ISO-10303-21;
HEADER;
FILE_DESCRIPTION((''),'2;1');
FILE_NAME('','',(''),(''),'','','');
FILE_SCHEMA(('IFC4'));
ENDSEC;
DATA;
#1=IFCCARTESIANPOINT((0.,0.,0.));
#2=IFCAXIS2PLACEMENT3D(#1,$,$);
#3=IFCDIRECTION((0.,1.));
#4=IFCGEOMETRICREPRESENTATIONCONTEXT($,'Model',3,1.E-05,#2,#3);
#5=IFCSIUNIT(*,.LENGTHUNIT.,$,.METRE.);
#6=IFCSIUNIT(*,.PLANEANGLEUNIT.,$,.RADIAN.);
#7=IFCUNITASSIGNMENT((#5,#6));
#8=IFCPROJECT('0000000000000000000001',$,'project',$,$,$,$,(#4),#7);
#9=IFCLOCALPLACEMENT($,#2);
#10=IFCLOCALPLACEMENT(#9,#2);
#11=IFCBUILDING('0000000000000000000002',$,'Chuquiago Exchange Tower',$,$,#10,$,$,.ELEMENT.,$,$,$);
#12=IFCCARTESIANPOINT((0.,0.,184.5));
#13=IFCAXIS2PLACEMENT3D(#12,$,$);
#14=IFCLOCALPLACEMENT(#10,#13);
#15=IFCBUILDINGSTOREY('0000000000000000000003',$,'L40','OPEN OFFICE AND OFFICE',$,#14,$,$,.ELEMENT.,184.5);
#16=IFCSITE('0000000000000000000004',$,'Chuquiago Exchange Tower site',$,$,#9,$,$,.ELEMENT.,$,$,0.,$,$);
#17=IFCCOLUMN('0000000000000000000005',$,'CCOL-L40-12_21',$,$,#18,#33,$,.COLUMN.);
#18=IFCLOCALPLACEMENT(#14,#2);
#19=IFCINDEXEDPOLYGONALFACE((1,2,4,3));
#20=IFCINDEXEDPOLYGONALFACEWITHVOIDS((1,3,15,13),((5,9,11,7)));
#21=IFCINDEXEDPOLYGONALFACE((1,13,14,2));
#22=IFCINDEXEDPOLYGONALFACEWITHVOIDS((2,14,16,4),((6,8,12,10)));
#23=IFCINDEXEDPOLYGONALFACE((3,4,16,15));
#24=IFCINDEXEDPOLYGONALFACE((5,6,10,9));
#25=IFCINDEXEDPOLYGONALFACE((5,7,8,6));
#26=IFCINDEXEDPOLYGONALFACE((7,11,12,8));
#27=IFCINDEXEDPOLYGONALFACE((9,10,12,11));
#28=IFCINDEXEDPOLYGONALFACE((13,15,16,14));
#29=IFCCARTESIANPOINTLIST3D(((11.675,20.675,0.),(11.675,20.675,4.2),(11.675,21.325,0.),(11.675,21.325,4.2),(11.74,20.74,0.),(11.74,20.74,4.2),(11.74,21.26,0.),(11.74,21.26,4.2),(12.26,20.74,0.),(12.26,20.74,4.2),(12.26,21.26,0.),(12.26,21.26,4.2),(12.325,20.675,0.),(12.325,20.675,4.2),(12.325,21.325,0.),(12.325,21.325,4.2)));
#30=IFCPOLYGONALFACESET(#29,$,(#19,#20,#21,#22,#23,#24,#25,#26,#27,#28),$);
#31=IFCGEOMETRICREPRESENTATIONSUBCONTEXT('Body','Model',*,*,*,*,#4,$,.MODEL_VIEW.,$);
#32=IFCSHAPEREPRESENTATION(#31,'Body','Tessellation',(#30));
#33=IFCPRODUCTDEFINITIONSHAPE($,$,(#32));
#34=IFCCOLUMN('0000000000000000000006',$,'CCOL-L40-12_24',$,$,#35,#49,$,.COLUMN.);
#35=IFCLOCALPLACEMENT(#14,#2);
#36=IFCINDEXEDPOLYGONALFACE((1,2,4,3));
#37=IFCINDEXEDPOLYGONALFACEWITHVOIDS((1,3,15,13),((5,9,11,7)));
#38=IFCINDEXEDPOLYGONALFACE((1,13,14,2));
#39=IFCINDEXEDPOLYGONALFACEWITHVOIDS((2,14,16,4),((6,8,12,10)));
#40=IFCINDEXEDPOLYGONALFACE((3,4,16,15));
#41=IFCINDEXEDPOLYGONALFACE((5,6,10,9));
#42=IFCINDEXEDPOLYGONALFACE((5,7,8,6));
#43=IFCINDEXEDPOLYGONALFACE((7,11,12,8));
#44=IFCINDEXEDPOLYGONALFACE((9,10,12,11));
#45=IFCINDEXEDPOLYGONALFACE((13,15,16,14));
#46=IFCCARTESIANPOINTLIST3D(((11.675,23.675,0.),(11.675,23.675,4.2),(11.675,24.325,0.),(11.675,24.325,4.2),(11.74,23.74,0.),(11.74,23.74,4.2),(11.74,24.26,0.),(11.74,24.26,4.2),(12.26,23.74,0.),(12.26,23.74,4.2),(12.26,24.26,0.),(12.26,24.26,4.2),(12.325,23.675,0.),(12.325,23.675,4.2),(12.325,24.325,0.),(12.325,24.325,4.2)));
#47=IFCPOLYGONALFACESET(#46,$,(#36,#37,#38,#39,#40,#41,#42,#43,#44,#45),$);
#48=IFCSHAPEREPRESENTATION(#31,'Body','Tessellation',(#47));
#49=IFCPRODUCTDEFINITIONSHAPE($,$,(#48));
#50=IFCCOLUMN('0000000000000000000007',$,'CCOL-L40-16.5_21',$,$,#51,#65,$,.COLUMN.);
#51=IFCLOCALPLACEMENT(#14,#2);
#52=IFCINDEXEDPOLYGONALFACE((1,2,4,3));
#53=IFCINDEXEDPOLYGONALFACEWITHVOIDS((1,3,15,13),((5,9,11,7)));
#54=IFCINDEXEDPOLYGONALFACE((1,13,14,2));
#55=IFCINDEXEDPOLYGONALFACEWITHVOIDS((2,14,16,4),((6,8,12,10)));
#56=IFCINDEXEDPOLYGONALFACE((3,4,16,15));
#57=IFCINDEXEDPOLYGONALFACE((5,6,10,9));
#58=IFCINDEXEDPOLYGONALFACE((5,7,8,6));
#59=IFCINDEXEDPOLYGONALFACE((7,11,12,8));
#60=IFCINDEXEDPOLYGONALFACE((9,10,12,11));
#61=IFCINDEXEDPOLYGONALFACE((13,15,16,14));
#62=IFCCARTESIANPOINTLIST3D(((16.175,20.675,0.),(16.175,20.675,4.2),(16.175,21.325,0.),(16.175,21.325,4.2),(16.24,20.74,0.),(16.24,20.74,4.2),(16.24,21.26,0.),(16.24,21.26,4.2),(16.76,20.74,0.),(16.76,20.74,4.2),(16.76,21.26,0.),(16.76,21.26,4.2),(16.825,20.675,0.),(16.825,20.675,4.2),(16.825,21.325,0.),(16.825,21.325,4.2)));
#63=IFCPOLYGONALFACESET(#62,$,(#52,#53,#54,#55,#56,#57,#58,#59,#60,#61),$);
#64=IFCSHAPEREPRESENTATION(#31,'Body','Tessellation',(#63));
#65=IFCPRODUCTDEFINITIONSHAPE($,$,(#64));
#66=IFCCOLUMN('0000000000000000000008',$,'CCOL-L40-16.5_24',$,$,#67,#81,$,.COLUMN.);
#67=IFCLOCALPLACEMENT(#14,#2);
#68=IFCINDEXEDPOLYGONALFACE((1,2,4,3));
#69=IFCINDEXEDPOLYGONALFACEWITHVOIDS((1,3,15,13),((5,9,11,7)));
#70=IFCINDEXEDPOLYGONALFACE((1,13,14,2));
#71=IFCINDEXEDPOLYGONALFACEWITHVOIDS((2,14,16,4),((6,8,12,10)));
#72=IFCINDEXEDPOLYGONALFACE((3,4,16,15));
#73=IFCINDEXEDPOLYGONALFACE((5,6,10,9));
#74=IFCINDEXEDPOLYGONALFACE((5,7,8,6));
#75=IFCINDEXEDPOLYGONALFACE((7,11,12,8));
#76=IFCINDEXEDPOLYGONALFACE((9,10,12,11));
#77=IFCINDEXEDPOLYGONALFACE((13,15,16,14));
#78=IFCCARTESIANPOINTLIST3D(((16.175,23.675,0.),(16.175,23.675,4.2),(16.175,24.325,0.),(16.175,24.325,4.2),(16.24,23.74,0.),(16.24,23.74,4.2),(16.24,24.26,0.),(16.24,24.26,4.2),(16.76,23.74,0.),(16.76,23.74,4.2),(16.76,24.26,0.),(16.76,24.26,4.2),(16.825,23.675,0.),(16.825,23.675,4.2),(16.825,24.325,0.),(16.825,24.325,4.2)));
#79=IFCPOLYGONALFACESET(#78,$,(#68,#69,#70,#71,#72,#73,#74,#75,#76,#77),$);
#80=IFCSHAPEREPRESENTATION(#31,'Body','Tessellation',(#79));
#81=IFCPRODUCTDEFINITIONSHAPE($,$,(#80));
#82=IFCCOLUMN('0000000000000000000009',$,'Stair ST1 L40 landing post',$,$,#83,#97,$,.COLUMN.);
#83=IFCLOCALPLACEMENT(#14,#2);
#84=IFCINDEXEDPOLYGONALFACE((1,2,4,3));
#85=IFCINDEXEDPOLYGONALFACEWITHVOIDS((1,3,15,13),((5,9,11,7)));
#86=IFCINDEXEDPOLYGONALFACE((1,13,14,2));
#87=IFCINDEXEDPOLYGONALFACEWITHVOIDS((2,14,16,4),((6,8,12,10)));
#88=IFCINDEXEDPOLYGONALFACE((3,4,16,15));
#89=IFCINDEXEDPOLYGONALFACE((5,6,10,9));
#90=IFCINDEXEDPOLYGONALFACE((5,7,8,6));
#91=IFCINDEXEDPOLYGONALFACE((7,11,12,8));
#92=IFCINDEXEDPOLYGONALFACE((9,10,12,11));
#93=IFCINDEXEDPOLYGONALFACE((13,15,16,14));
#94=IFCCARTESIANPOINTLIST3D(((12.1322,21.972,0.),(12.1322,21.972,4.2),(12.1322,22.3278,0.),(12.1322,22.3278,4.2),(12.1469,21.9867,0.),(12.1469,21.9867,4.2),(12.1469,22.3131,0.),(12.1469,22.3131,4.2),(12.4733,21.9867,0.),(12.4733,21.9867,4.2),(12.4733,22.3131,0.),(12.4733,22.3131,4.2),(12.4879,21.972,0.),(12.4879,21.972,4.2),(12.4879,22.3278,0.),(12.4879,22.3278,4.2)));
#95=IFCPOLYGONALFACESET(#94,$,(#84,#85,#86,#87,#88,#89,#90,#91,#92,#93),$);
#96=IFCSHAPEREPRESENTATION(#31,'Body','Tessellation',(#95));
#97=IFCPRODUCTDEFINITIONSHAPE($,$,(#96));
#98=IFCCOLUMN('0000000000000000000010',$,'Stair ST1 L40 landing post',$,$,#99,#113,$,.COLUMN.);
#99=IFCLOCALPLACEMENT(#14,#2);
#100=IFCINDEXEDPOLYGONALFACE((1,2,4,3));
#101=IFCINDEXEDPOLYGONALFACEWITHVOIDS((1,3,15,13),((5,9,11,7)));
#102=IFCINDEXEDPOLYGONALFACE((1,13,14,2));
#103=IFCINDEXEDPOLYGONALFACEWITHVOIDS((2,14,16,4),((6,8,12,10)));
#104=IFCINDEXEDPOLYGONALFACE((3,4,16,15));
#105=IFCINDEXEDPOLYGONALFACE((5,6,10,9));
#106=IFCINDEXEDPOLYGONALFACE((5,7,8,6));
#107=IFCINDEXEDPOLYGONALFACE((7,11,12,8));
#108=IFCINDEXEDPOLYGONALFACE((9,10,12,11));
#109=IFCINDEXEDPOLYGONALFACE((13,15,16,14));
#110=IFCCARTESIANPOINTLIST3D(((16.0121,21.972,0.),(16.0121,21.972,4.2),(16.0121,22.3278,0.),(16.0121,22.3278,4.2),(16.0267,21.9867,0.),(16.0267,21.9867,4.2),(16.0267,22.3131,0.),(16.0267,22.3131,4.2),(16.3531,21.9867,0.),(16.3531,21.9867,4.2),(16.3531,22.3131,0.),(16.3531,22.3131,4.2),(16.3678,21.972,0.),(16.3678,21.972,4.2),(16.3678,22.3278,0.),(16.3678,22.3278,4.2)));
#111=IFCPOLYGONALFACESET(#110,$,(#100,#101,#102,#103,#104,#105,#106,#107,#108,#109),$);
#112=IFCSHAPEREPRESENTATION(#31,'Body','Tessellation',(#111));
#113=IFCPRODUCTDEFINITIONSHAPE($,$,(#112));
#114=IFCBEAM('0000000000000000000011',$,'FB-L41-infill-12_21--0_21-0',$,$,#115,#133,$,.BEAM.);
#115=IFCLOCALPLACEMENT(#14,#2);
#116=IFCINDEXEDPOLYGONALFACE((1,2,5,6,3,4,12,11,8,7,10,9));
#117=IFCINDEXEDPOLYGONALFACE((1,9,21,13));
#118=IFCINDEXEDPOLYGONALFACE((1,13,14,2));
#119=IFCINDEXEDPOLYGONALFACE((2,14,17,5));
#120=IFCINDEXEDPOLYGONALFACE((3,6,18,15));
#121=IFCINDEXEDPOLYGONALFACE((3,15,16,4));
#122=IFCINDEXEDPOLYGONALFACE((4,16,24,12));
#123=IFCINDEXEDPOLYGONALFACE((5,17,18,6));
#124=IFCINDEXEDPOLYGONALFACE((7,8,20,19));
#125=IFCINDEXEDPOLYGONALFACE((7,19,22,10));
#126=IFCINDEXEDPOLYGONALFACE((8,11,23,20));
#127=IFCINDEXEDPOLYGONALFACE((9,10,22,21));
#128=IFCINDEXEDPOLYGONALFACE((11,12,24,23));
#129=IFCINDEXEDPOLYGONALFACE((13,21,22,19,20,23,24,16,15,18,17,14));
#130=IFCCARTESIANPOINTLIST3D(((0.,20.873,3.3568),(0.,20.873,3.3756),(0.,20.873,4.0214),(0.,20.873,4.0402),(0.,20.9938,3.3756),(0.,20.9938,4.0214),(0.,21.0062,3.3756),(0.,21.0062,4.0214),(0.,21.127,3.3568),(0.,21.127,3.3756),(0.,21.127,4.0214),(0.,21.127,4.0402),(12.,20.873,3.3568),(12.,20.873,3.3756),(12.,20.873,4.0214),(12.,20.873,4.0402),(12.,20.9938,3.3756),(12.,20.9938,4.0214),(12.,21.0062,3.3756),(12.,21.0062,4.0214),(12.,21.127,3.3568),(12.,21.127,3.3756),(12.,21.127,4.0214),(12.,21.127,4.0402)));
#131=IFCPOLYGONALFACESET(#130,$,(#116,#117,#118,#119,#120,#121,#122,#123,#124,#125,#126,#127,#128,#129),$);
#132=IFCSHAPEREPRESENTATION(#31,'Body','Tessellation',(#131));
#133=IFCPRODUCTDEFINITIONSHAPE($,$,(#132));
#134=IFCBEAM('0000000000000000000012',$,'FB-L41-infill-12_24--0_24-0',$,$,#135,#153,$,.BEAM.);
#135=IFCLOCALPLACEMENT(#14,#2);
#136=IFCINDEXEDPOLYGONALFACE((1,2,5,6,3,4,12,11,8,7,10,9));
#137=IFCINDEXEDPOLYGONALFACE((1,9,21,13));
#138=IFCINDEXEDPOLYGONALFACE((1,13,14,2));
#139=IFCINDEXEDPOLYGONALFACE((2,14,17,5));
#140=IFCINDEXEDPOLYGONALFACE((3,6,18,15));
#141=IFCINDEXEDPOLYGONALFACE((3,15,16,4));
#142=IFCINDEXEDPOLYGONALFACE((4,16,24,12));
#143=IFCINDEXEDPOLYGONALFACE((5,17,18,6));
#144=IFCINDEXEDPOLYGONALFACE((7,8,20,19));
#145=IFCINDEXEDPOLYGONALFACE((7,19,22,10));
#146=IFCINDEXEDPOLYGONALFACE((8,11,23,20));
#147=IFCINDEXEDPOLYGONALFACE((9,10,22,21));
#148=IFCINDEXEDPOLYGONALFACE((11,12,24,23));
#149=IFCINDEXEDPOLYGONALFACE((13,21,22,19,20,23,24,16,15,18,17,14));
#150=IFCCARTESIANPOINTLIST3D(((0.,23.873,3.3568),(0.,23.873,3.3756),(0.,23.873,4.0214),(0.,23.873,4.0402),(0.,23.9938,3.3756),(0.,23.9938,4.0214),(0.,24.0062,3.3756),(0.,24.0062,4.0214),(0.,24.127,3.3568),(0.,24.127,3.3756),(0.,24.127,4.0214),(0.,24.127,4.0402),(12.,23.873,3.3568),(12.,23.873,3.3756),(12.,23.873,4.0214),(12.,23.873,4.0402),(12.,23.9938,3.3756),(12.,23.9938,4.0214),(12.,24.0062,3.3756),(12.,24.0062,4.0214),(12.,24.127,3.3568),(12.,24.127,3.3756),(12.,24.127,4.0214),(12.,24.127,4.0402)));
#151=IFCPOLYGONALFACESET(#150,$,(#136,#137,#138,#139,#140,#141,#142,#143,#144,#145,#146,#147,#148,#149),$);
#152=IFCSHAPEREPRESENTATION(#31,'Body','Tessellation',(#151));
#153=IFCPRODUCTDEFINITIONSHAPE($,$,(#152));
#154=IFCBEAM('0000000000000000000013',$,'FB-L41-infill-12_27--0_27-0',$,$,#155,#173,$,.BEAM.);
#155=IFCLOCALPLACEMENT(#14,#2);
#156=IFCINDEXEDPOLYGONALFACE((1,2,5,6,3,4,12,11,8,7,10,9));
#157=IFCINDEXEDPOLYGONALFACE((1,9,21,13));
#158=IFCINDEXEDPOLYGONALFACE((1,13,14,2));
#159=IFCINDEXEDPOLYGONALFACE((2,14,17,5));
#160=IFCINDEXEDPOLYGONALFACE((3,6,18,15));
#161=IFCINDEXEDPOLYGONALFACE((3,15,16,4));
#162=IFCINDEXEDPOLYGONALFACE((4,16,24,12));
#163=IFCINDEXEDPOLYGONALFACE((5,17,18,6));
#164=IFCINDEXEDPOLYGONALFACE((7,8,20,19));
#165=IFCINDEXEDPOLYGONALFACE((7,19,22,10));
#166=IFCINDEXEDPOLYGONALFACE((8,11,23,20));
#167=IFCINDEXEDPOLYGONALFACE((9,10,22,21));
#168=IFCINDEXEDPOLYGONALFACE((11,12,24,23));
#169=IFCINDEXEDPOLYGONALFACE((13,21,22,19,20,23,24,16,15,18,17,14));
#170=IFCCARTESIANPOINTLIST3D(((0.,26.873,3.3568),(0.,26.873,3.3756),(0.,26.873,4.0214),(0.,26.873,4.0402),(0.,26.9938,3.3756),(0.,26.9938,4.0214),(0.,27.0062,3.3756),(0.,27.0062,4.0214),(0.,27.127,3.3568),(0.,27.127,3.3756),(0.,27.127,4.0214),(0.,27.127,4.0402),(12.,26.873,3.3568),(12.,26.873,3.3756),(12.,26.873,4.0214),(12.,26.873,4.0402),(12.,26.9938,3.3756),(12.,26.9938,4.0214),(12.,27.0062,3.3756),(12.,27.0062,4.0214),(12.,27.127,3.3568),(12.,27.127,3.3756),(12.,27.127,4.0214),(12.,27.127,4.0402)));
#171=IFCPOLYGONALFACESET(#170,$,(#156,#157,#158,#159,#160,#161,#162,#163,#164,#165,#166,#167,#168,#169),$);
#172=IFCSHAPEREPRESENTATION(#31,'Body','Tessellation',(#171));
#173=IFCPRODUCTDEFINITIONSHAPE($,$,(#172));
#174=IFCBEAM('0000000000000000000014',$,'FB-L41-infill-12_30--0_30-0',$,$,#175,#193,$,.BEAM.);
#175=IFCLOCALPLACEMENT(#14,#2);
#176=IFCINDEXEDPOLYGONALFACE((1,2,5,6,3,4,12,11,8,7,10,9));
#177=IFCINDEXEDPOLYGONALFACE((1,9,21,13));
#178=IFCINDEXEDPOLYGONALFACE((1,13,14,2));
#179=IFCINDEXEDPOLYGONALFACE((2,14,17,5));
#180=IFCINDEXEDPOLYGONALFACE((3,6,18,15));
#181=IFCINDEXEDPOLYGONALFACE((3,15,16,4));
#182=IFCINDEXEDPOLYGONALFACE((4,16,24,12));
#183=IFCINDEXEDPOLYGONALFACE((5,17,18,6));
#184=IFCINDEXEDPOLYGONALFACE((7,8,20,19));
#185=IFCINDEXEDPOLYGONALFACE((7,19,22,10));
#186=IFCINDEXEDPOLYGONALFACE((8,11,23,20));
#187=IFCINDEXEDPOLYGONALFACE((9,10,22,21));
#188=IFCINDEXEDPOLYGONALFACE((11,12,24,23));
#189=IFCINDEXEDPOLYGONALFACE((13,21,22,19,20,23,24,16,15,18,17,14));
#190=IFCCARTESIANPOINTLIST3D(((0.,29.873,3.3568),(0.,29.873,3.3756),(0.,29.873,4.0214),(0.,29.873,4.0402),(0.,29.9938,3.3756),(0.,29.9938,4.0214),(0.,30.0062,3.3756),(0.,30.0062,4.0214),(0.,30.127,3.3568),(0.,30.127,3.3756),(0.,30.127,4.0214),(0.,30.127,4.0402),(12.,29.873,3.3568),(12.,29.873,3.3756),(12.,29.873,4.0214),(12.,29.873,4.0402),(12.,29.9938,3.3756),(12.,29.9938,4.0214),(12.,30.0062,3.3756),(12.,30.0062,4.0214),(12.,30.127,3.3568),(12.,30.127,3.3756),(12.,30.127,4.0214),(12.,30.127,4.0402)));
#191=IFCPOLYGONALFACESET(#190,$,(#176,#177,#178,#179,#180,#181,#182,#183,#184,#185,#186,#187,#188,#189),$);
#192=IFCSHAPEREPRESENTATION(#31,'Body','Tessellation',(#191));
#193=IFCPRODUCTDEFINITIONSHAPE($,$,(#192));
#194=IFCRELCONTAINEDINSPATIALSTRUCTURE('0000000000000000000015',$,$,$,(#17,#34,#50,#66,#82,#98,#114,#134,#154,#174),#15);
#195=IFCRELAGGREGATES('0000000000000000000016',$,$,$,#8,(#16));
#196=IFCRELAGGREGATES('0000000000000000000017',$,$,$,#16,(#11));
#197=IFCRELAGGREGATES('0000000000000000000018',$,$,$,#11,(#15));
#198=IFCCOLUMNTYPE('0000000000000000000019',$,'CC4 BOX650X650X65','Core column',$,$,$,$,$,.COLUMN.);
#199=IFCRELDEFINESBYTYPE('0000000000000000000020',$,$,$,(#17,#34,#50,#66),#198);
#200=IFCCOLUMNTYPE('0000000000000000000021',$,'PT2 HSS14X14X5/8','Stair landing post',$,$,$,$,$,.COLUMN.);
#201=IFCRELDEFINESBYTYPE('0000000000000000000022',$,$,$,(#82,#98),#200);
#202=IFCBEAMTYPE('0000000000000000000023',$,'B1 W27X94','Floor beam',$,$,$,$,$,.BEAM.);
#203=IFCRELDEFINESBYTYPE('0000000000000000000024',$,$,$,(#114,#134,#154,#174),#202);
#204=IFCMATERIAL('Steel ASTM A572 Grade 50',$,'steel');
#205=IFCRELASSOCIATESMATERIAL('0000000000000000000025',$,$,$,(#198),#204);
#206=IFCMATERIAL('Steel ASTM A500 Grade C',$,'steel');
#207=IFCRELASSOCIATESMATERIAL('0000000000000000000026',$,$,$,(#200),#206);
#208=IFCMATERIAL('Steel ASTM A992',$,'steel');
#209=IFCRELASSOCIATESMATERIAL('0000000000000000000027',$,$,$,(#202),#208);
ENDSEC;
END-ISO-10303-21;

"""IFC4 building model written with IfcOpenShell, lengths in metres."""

from ifc_helpers import new_model, si_unit, direction, frame, origin, origin_2d, place, context, subcontext, project, spatial, hollow_rectangle, i_section, extrude, material, material_profile, profile_set, type_object, element, save


model = new_model("IFC4")

# Units and contexts
model_context = context("Model", 3, precision=1e-05, world=origin(), true_north=direction((0.0, 1.0)))
body_context = subcontext(model_context, "Body", "Model", "MODEL_VIEW")
ifc_project = project(units=[si_unit("LENGTHUNIT", "METRE"), si_unit("PLANEANGLEUNIT", "RADIAN")], contexts=[model_context])

# Site, building, storey
site_placement = place(None, origin())
site = spatial("IfcSite", under=ifc_project, at=site_placement, Name="Chuquiago Exchange Tower site", CompositionType="ELEMENT", RefElevation=0.0)
building_placement = place(site_placement, origin())
building = spatial("IfcBuilding", under=site, at=building_placement, Name="Chuquiago Exchange Tower", CompositionType="ELEMENT")
storey_placement = place(building_placement, frame((0.0, 0.0, 184.5)))
storey = spatial("IfcBuildingStorey", under=building, at=storey_placement, Name="L40", Description="OPEN OFFICE AND OFFICE", CompositionType="ELEMENT", Elevation=184.5)

# Columns
ifc_material_1 = material(Name="Steel ASTM A572 Grade 50", Category="steel")
ifc_material_profile_1 = material_profile(ifc_material_1, hollow_rectangle(XDim=0.6499, YDim=0.6499, WallThickness=0.0649, at=origin_2d()), Name="BOX650X650X65")
ifc_profile_set_1 = profile_set([ifc_material_profile_1], Name="Steel ASTM A572 Grade 50")
column_type_1 = type_object("IfcColumnType", Name="CC4 BOX650X650X65", Description="Core column", PredefinedType="COLUMN", material=ifc_profile_set_1)
for number, where, z_axis, x_axis, name in (
    (1, (12.0, 21.0, 0.0), (0.0, 0.0, 1.0), (1.0, 0.0, 0.0), "CCOL-L40-12_21"),
    (2, (12.0, 24.0, 0.0), (0.0, 0.0, 1.0), (1.0, 0.0, 0.0), "CCOL-L40-12_24"),
    (3, (16.5, 21.0, 0.0), (0.0, 0.0, 1.0), (1.0, 0.0, 0.0), "CCOL-L40-16.5_21"),
    (4, (16.5, 24.0, 0.0), (0.0, 0.0, 1.0), (1.0, 0.0, 0.0), "CCOL-L40-16.5_24"),
):
    element("IfcColumn", number, at=place(storey_placement, frame(where, z_axis=z_axis, x_axis=x_axis)), inside=storey, type_object=column_type_1, Name=name, PredefinedType="COLUMN", context=body_context, shape_type="SweptSolid", body=[
        extrude(hollow_rectangle(XDim=0.6499, YDim=0.6499, WallThickness=0.0649, at=origin_2d()), origin(), (0.0, 0.0, 1.0), 4.2),
    ])
ifc_material_2 = material(Name="Steel ASTM A500 Grade C", Category="steel")
ifc_material_profile_2 = material_profile(ifc_material_2, hollow_rectangle(XDim=0.3557, YDim=0.3557, WallThickness=0.0146, at=origin_2d()), Name="HSS14X14X5/8")
ifc_profile_set_2 = profile_set([ifc_material_profile_2], Name="Steel ASTM A500 Grade C")
column_type_2 = type_object("IfcColumnType", Name="PT2 HSS14X14X5/8", Description="Stair landing post", PredefinedType="COLUMN", material=ifc_profile_set_2)
for number, where, z_axis, x_axis, name in (
    (5, (12.3101, 22.1499, 0.0), (0.0, 0.0, 1.0), (1.0, 0.0, 0.0), "Stair ST1 L40 landing post"),
    (6, (16.1899, 22.1499, 0.0), (0.0, 0.0, 1.0), (1.0, 0.0, 0.0), "Stair ST1 L40 landing post"),
):
    element("IfcColumn", number, at=place(storey_placement, frame(where, z_axis=z_axis, x_axis=x_axis)), inside=storey, type_object=column_type_2, Name=name, PredefinedType="COLUMN", context=body_context, shape_type="SweptSolid", body=[
        extrude(hollow_rectangle(XDim=0.3557, YDim=0.3557, WallThickness=0.0146, at=origin_2d()), origin(), (0.0, 0.0, 1.0), 4.2),
    ])

# Beams
ifc_material_3 = material(Name="Steel ASTM A992", Category="steel")
ifc_material_profile_3 = material_profile(ifc_material_3, i_section(OverallWidth=0.2539, OverallDepth=0.6833, WebThickness=0.0125, FlangeThickness=0.0188, at=origin_2d()), Name="W27X94")
ifc_profile_set_3 = profile_set([ifc_material_profile_3], Name="Steel ASTM A992")
beam_type_1 = type_object("IfcBeamType", Name="B1 W27X94", Description="Floor beam", PredefinedType="BEAM", material=ifc_profile_set_3)
for number, where, z_axis, x_axis, name in (
    (7, (12.0, 21.0, 3.6985), (-1.0, 0.0, 0.0), (0.0, -1.0, 0.0), "FB-L41-infill-12_21--0_21-0"),
    (8, (12.0, 24.0, 3.6985), (-1.0, 0.0, 0.0), (0.0, -1.0, 0.0), "FB-L41-infill-12_24--0_24-0"),
    (9, (12.0, 27.0, 3.6985), (-1.0, 0.0, 0.0), (0.0, -1.0, 0.0), "FB-L41-infill-12_27--0_27-0"),
    (10, (12.0, 30.0, 3.6985), (-1.0, 0.0, 0.0), (0.0, -1.0, 0.0), "FB-L41-infill-12_30--0_30-0"),
):
    element("IfcBeam", number, at=place(storey_placement, frame(where, z_axis=z_axis, x_axis=x_axis)), inside=storey, type_object=beam_type_1, Name=name, PredefinedType="BEAM", context=body_context, shape_type="SweptSolid", body=[
        extrude(i_section(OverallWidth=0.2539, OverallDepth=0.6833, WebThickness=0.0125, FlangeThickness=0.0188, at=origin_2d()), origin(), (0.0, 0.0, 1.0), 12.0),
    ])

save(model, "model.ifc")
